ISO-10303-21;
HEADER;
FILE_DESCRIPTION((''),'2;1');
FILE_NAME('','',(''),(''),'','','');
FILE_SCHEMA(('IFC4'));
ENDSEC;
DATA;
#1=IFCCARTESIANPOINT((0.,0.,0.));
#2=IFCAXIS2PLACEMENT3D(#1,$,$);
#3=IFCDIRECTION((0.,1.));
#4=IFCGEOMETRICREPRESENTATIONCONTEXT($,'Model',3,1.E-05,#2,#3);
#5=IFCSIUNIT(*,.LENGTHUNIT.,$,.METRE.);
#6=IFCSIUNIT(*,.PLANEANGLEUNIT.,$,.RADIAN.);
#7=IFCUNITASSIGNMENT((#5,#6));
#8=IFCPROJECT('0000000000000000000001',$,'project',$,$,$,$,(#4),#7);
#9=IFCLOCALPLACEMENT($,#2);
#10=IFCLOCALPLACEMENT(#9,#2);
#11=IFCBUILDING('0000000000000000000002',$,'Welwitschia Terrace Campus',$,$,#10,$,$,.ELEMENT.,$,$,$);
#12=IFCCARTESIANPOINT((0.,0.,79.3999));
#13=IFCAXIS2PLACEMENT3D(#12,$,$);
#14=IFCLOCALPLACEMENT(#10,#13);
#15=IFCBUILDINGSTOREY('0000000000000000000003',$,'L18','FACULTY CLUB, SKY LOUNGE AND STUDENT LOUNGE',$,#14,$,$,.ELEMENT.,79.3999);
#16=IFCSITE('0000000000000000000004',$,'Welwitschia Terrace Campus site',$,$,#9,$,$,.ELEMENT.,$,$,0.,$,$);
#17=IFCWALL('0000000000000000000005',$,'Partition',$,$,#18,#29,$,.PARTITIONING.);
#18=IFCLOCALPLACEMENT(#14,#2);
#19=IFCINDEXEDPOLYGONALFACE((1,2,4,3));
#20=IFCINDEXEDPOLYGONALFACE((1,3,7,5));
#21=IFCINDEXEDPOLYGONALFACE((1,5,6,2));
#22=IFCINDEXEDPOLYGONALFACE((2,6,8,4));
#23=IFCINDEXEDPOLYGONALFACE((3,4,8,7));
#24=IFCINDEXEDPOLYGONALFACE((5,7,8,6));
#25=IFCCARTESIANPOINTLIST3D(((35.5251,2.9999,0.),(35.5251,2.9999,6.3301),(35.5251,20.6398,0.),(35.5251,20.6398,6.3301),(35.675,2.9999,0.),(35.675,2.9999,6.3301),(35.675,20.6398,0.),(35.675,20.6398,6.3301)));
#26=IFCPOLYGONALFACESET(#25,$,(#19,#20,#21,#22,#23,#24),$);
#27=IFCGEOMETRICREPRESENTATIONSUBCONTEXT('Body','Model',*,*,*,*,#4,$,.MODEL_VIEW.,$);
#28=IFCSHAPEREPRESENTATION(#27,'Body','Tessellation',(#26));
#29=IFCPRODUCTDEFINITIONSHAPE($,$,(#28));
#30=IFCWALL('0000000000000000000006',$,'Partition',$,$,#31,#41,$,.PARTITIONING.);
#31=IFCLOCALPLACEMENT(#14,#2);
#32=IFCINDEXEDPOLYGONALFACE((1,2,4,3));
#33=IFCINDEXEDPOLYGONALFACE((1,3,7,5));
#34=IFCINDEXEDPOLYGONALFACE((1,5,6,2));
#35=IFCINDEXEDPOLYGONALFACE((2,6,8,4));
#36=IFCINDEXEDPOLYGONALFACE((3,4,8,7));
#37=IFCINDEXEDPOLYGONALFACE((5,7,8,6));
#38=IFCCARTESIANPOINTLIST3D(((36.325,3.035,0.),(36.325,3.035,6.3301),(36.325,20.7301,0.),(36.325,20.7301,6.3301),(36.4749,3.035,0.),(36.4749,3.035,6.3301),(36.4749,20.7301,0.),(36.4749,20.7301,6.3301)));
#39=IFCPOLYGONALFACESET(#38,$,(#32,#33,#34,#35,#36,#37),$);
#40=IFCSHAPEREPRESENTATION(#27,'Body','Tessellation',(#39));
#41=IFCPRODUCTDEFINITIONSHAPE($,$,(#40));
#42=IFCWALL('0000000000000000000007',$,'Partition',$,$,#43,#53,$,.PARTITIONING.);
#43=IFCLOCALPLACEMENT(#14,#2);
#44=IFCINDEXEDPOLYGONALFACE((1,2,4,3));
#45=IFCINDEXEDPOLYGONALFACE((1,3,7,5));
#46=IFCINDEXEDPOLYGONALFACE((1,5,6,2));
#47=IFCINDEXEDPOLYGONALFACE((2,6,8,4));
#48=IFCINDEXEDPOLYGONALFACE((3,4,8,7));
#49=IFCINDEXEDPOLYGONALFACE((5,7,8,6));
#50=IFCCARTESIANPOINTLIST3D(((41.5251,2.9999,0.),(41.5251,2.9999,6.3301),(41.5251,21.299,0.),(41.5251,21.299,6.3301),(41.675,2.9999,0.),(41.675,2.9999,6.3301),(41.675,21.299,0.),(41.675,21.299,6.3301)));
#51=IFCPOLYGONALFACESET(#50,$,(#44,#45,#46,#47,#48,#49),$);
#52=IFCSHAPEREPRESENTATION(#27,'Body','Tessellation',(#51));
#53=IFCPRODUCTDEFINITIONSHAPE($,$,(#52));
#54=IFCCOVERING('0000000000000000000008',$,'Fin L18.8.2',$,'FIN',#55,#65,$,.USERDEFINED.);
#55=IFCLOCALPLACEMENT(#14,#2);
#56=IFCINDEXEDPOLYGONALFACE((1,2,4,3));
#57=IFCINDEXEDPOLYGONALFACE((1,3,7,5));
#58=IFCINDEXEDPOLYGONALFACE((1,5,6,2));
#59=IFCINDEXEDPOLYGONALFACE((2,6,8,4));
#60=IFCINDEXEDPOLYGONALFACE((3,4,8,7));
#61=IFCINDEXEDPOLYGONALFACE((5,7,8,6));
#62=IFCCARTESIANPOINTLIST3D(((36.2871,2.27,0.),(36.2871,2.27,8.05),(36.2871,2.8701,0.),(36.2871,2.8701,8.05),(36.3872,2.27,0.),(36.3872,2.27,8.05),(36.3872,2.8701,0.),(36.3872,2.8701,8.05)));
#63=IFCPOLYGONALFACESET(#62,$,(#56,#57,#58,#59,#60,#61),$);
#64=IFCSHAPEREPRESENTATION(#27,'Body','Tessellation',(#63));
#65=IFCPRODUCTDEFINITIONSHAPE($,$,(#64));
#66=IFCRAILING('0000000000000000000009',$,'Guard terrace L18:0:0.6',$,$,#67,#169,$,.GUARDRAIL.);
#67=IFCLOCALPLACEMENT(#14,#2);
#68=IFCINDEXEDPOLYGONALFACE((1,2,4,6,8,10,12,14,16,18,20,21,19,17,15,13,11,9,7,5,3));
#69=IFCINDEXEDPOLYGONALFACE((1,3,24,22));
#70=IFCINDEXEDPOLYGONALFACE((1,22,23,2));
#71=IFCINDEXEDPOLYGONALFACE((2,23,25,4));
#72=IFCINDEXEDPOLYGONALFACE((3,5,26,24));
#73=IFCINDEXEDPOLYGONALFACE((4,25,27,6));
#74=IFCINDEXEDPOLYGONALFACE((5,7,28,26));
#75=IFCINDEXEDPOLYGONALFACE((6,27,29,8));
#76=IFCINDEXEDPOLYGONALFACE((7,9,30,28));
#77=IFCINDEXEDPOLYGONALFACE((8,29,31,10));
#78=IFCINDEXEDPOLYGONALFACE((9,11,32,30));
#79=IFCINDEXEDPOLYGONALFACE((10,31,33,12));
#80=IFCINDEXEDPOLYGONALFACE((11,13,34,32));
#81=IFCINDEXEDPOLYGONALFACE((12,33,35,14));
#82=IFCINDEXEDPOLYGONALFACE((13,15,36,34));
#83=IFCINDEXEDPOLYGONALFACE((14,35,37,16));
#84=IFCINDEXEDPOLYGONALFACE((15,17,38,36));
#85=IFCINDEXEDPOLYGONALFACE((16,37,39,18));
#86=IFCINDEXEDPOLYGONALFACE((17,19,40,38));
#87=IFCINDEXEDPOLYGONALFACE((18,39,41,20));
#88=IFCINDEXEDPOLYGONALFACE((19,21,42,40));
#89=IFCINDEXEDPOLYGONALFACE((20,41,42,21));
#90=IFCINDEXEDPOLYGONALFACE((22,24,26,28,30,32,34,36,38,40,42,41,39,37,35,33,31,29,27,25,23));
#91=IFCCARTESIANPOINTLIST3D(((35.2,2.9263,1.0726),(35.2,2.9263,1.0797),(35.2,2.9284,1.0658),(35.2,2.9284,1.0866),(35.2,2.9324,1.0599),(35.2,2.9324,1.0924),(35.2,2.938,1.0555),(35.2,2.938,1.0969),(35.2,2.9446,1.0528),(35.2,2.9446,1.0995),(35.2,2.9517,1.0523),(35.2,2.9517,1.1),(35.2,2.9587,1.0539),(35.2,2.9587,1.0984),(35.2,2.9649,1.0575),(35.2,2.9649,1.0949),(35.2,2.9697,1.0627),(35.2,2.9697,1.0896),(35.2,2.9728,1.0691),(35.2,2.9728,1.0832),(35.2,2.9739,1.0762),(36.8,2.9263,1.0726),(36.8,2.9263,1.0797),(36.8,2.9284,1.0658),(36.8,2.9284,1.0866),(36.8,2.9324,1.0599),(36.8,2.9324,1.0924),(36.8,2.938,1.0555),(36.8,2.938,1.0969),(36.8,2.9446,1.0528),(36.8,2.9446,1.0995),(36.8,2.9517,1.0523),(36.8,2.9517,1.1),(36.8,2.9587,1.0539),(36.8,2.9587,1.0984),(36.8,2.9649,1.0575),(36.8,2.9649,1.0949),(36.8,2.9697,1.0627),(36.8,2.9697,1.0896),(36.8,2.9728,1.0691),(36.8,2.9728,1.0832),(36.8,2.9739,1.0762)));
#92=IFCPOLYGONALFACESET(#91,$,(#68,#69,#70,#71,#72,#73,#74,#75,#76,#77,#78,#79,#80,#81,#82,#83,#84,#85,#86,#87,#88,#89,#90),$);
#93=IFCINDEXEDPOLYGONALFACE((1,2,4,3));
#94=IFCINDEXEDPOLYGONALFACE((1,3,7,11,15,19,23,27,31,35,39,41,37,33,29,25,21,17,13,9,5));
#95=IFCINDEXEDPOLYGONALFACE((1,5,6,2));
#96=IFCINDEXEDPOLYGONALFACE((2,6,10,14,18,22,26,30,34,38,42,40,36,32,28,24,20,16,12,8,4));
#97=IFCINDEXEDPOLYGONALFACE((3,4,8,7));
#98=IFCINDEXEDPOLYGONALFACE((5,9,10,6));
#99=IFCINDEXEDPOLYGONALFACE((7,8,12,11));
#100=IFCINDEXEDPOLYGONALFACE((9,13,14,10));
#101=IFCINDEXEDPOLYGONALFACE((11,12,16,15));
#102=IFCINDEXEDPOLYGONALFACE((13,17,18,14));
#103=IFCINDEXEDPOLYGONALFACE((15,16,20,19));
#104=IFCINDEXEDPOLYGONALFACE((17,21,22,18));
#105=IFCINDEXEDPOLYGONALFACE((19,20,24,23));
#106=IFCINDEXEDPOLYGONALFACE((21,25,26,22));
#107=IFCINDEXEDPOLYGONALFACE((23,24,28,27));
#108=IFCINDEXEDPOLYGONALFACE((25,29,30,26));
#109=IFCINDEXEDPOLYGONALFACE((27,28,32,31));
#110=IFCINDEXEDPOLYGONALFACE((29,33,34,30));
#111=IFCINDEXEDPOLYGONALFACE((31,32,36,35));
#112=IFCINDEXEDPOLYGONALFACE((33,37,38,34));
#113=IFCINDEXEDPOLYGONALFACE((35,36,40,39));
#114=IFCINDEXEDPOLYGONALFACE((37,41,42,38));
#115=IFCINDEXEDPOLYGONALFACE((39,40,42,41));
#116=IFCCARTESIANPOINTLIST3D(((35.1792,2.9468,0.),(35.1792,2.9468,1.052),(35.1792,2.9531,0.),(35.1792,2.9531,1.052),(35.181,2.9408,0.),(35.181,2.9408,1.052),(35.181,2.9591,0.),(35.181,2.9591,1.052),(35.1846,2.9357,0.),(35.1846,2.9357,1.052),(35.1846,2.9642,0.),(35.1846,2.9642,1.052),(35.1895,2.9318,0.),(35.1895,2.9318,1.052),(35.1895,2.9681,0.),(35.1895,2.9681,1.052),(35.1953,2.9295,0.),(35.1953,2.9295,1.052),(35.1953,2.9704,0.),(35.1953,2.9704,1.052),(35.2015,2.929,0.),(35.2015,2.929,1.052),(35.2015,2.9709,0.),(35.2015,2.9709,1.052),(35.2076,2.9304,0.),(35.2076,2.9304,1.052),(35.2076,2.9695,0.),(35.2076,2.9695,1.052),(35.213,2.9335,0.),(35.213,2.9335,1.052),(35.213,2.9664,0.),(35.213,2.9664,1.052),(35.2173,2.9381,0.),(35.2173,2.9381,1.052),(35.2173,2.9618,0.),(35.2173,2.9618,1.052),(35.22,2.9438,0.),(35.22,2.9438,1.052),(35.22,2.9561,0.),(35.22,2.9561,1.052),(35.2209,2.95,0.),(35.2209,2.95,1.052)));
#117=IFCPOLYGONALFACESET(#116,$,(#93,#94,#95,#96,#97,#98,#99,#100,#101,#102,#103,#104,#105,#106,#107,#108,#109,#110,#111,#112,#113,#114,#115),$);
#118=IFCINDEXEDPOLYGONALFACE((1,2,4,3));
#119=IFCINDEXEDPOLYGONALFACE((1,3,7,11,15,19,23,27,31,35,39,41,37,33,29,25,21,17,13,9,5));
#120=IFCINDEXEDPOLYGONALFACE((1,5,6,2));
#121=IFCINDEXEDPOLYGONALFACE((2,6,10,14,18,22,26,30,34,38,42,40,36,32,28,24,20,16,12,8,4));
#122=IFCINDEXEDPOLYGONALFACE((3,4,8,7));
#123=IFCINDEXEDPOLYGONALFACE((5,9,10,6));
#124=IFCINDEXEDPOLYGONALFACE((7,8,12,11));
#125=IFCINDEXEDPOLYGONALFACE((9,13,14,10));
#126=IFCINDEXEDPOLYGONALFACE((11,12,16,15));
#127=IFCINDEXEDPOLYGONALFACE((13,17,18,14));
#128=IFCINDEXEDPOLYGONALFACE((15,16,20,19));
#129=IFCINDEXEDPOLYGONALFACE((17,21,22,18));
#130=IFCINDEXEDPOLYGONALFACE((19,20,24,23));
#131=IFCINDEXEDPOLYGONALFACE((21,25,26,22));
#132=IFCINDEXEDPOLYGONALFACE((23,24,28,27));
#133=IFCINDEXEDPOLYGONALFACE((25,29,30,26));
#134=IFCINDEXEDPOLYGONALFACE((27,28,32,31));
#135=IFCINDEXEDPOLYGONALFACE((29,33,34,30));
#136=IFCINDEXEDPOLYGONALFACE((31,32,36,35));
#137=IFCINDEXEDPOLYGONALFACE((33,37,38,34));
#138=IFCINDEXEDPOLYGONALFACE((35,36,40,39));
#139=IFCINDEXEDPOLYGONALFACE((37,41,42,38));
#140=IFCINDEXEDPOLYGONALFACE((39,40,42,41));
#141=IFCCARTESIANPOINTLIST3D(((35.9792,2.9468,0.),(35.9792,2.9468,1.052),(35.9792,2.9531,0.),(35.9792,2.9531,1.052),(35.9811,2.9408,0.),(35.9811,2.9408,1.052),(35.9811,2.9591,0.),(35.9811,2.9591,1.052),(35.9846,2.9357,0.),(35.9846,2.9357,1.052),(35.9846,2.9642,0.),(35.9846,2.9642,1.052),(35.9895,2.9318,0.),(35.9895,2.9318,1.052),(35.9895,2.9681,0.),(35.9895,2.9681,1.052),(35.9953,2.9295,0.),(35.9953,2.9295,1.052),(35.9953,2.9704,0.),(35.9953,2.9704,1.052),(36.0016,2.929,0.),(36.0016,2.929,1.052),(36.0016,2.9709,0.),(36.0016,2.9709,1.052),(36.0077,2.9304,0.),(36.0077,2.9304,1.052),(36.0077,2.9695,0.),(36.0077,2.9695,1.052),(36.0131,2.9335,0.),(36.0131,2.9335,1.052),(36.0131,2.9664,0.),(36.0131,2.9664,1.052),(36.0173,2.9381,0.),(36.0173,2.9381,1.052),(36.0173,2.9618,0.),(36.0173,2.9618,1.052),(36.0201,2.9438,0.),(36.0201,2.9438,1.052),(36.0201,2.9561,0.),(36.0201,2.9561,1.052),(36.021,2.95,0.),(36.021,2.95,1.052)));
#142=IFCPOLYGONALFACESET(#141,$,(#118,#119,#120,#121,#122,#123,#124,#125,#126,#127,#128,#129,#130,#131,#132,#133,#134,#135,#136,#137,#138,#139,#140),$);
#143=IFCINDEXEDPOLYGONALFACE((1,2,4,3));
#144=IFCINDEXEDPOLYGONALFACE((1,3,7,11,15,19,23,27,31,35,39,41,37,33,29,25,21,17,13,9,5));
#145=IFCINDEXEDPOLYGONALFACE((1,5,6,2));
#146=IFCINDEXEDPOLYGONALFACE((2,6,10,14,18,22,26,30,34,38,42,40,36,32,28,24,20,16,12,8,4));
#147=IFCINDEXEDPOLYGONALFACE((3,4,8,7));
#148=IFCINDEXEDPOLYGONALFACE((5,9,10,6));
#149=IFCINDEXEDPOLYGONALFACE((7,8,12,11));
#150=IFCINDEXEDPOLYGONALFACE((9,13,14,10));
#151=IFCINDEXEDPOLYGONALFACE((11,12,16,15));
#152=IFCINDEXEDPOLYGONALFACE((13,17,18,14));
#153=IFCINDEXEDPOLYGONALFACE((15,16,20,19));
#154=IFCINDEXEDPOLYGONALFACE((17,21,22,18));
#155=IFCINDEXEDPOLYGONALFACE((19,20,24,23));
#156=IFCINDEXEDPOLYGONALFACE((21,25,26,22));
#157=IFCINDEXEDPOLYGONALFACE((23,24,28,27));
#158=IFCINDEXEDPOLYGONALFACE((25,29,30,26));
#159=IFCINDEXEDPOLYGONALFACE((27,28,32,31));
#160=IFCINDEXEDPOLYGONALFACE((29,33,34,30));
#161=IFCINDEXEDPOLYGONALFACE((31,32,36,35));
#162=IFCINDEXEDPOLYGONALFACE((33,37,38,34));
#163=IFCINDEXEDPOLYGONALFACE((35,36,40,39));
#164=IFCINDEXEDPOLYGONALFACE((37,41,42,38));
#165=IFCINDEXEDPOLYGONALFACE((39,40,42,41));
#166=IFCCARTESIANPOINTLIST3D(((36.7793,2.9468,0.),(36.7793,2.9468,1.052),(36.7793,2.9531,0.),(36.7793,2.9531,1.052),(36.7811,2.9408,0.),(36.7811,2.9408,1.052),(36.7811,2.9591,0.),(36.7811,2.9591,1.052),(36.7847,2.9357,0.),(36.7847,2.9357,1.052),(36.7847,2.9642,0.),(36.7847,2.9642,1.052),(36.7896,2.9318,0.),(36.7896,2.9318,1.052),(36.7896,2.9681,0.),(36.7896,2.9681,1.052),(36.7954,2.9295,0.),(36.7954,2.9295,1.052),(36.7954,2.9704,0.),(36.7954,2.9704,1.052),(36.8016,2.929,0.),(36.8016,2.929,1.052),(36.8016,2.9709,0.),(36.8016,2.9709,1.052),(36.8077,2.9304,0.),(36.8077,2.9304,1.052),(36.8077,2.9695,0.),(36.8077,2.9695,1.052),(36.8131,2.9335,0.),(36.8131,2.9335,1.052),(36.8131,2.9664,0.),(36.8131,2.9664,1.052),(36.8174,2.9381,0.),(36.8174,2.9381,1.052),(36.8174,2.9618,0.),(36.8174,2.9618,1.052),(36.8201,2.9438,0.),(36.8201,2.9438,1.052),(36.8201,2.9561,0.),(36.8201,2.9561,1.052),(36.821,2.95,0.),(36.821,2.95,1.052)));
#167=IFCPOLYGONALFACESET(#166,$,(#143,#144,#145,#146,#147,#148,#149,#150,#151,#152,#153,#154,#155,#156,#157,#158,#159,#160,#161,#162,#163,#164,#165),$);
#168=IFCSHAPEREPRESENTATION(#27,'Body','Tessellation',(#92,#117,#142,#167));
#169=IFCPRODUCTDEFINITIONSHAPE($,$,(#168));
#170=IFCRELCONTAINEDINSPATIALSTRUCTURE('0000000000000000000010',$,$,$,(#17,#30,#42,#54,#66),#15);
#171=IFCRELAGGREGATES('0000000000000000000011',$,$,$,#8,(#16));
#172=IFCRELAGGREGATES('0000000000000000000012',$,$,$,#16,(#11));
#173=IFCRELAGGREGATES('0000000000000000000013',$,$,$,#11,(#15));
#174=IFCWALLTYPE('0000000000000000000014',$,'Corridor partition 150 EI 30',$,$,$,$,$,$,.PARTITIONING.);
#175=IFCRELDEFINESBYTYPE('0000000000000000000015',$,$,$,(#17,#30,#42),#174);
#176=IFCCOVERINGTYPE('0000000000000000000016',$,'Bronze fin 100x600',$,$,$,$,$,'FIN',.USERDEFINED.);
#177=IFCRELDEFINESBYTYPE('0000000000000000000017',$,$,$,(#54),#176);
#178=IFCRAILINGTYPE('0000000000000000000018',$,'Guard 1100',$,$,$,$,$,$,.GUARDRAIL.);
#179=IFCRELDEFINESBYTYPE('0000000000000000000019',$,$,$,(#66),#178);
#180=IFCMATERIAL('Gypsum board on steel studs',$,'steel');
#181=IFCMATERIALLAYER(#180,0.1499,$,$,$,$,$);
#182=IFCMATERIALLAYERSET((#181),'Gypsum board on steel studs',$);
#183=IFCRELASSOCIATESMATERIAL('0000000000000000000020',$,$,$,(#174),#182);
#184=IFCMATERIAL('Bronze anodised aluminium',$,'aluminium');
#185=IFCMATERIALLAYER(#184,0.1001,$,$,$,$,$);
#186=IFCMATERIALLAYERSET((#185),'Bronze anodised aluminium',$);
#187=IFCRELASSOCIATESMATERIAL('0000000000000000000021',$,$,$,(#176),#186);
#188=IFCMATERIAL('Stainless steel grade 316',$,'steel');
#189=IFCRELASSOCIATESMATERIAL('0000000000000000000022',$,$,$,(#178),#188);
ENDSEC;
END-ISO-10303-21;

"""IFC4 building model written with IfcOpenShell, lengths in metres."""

from ifc_helpers import new_model, si_unit, direction, frame, frame_2d, origin, origin_2d, place, context, subcontext, project, spatial, rectangle, circle, extrude, material, layer, layer_set, type_object, element, save


model = new_model("IFC4")

# Units and contexts
model_context = context("Model", 3, precision=1e-05, world=origin(), true_north=direction((0.0, 1.0)))
body_context = subcontext(model_context, "Body", "Model", "MODEL_VIEW")
ifc_project = project(units=[si_unit("LENGTHUNIT", "METRE"), si_unit("PLANEANGLEUNIT", "RADIAN")], contexts=[model_context])

# Site, building, storey
site_placement = place(None, origin())
site = spatial("IfcSite", under=ifc_project, at=site_placement, Name="Welwitschia Terrace Campus site", CompositionType="ELEMENT", RefElevation=0.0)
building_placement = place(site_placement, origin())
building = spatial("IfcBuilding", under=site, at=building_placement, Name="Welwitschia Terrace Campus", CompositionType="ELEMENT")
storey_placement = place(building_placement, frame((0.0, 0.0, 79.3999)))
storey = spatial("IfcBuildingStorey", under=building, at=storey_placement, Name="L18", Description="FACULTY CLUB, SKY LOUNGE AND STUDENT LOUNGE", CompositionType="ELEMENT", Elevation=79.3999)

# Walls
ifc_material_1 = material(Name="Gypsum board on steel studs", Category="steel")
ifc_layer_1 = layer(ifc_material_1, 0.1499)
ifc_layer_set_1 = layer_set([ifc_layer_1], Name="Gypsum board on steel studs")
wall_type_1 = type_object("IfcWallType", Name="Corridor partition 150 EI 30", PredefinedType="PARTITIONING", material=ifc_layer_set_1)
wall_1_placement = place(storey_placement, frame((35.6001, 3.0, 0.0), z_axis=(0.0, 0.0, 1.0), x_axis=(0.0, 1.0, 0.0)))
element("IfcWall", 1, at=wall_1_placement, inside=storey, type_object=wall_type_1, Name="Partition", PredefinedType="PARTITIONING", context=body_context, shape_type="SweptSolid", body=[
    extrude(rectangle(XDim=17.6399, YDim=0.1499, at=frame_2d((8.8198, 0.0))), origin(), (0.0, 0.0, 1.0), 6.3301),
])
wall_2_placement = place(storey_placement, frame((36.3999, 3.0349, 0.0), z_axis=(0.0, 0.0, 1.0), x_axis=(0.0, 1.0, 0.0)))
element("IfcWall", 2, at=wall_2_placement, inside=storey, type_object=wall_type_1, Name="Partition", PredefinedType="PARTITIONING", context=body_context, shape_type="SweptSolid", body=[
    extrude(rectangle(XDim=17.6951, YDim=0.1499, at=frame_2d((8.8477, 0.0))), origin(), (0.0, 0.0, 1.0), 6.3301),
])
wall_3_placement = place(storey_placement, frame((41.6001, 3.0, 0.0), z_axis=(0.0, 0.0, 1.0), x_axis=(0.0, 1.0, 0.0)))
element("IfcWall", 3, at=wall_3_placement, inside=storey, type_object=wall_type_1, Name="Partition", PredefinedType="PARTITIONING", context=body_context, shape_type="SweptSolid", body=[
    extrude(rectangle(XDim=18.2991, YDim=0.1499, at=frame_2d((9.1494, 0.0))), origin(), (0.0, 0.0, 1.0), 6.3301),
])

# Covering
ifc_material_2 = material(Name="Bronze anodised aluminium", Category="aluminium")
ifc_layer_2 = layer(ifc_material_2, 0.1001)
ifc_layer_set_2 = layer_set([ifc_layer_2], Name="Bronze anodised aluminium")
covering_type = type_object("IfcCoveringType", Name="Bronze fin 100x600", ElementType="FIN", PredefinedType="USERDEFINED", material=ifc_layer_set_2)
covering_placement = place(storey_placement, frame((36.3372, 2.5701, 0.0), z_axis=(0.0, 0.0, 1.0), x_axis=(1.0, 0.0, 0.0)))
element("IfcCovering", 4, at=covering_placement, inside=storey, type_object=covering_type, Name="Fin L18.8.2", ObjectType="FIN", PredefinedType="USERDEFINED", context=body_context, shape_type="SweptSolid", body=[
    extrude(rectangle(XDim=0.1001, YDim=0.6001, at=origin_2d()), origin(), (0.0, 0.0, 1.0), 8.05),
])

# Railing
ifc_material_3 = material(Name="Stainless steel grade 316", Category="steel")
railing_type = type_object("IfcRailingType", Name="Guard 1100", PredefinedType="GUARDRAIL", material=ifc_material_3)
for number, where, name in (
    (5, (35.2, 2.95, 0.0), "Guard terrace L18:0:0.6"),
):
    element("IfcRailing", number, at=place(storey_placement, frame(where)), inside=storey, type_object=railing_type, Name=name, PredefinedType="GUARDRAIL", context=body_context, shape_type="SweptSolid", body=[
        extrude(circle(Radius=0.0239, at=origin_2d()), frame((0.0, 0.0, 1.0762), z_axis=(1.0, 0.0, 0.0), x_axis=(0.0, 1.0, 0.0)), (0.0, 0.0, 1.0), 1.6001),
        extrude(circle(Radius=0.021, at=origin_2d()), origin(), (0.0, 0.0, 1.0), 1.052),
        extrude(circle(Radius=0.021, at=origin_2d()), frame((0.8, 0.0, 0.0)), (0.0, 0.0, 1.0), 1.052),
        extrude(circle(Radius=0.021, at=origin_2d()), frame((1.6001, 0.0, 0.0)), (0.0, 0.0, 1.0), 1.052),
    ])

save(model, "model.ifc")
